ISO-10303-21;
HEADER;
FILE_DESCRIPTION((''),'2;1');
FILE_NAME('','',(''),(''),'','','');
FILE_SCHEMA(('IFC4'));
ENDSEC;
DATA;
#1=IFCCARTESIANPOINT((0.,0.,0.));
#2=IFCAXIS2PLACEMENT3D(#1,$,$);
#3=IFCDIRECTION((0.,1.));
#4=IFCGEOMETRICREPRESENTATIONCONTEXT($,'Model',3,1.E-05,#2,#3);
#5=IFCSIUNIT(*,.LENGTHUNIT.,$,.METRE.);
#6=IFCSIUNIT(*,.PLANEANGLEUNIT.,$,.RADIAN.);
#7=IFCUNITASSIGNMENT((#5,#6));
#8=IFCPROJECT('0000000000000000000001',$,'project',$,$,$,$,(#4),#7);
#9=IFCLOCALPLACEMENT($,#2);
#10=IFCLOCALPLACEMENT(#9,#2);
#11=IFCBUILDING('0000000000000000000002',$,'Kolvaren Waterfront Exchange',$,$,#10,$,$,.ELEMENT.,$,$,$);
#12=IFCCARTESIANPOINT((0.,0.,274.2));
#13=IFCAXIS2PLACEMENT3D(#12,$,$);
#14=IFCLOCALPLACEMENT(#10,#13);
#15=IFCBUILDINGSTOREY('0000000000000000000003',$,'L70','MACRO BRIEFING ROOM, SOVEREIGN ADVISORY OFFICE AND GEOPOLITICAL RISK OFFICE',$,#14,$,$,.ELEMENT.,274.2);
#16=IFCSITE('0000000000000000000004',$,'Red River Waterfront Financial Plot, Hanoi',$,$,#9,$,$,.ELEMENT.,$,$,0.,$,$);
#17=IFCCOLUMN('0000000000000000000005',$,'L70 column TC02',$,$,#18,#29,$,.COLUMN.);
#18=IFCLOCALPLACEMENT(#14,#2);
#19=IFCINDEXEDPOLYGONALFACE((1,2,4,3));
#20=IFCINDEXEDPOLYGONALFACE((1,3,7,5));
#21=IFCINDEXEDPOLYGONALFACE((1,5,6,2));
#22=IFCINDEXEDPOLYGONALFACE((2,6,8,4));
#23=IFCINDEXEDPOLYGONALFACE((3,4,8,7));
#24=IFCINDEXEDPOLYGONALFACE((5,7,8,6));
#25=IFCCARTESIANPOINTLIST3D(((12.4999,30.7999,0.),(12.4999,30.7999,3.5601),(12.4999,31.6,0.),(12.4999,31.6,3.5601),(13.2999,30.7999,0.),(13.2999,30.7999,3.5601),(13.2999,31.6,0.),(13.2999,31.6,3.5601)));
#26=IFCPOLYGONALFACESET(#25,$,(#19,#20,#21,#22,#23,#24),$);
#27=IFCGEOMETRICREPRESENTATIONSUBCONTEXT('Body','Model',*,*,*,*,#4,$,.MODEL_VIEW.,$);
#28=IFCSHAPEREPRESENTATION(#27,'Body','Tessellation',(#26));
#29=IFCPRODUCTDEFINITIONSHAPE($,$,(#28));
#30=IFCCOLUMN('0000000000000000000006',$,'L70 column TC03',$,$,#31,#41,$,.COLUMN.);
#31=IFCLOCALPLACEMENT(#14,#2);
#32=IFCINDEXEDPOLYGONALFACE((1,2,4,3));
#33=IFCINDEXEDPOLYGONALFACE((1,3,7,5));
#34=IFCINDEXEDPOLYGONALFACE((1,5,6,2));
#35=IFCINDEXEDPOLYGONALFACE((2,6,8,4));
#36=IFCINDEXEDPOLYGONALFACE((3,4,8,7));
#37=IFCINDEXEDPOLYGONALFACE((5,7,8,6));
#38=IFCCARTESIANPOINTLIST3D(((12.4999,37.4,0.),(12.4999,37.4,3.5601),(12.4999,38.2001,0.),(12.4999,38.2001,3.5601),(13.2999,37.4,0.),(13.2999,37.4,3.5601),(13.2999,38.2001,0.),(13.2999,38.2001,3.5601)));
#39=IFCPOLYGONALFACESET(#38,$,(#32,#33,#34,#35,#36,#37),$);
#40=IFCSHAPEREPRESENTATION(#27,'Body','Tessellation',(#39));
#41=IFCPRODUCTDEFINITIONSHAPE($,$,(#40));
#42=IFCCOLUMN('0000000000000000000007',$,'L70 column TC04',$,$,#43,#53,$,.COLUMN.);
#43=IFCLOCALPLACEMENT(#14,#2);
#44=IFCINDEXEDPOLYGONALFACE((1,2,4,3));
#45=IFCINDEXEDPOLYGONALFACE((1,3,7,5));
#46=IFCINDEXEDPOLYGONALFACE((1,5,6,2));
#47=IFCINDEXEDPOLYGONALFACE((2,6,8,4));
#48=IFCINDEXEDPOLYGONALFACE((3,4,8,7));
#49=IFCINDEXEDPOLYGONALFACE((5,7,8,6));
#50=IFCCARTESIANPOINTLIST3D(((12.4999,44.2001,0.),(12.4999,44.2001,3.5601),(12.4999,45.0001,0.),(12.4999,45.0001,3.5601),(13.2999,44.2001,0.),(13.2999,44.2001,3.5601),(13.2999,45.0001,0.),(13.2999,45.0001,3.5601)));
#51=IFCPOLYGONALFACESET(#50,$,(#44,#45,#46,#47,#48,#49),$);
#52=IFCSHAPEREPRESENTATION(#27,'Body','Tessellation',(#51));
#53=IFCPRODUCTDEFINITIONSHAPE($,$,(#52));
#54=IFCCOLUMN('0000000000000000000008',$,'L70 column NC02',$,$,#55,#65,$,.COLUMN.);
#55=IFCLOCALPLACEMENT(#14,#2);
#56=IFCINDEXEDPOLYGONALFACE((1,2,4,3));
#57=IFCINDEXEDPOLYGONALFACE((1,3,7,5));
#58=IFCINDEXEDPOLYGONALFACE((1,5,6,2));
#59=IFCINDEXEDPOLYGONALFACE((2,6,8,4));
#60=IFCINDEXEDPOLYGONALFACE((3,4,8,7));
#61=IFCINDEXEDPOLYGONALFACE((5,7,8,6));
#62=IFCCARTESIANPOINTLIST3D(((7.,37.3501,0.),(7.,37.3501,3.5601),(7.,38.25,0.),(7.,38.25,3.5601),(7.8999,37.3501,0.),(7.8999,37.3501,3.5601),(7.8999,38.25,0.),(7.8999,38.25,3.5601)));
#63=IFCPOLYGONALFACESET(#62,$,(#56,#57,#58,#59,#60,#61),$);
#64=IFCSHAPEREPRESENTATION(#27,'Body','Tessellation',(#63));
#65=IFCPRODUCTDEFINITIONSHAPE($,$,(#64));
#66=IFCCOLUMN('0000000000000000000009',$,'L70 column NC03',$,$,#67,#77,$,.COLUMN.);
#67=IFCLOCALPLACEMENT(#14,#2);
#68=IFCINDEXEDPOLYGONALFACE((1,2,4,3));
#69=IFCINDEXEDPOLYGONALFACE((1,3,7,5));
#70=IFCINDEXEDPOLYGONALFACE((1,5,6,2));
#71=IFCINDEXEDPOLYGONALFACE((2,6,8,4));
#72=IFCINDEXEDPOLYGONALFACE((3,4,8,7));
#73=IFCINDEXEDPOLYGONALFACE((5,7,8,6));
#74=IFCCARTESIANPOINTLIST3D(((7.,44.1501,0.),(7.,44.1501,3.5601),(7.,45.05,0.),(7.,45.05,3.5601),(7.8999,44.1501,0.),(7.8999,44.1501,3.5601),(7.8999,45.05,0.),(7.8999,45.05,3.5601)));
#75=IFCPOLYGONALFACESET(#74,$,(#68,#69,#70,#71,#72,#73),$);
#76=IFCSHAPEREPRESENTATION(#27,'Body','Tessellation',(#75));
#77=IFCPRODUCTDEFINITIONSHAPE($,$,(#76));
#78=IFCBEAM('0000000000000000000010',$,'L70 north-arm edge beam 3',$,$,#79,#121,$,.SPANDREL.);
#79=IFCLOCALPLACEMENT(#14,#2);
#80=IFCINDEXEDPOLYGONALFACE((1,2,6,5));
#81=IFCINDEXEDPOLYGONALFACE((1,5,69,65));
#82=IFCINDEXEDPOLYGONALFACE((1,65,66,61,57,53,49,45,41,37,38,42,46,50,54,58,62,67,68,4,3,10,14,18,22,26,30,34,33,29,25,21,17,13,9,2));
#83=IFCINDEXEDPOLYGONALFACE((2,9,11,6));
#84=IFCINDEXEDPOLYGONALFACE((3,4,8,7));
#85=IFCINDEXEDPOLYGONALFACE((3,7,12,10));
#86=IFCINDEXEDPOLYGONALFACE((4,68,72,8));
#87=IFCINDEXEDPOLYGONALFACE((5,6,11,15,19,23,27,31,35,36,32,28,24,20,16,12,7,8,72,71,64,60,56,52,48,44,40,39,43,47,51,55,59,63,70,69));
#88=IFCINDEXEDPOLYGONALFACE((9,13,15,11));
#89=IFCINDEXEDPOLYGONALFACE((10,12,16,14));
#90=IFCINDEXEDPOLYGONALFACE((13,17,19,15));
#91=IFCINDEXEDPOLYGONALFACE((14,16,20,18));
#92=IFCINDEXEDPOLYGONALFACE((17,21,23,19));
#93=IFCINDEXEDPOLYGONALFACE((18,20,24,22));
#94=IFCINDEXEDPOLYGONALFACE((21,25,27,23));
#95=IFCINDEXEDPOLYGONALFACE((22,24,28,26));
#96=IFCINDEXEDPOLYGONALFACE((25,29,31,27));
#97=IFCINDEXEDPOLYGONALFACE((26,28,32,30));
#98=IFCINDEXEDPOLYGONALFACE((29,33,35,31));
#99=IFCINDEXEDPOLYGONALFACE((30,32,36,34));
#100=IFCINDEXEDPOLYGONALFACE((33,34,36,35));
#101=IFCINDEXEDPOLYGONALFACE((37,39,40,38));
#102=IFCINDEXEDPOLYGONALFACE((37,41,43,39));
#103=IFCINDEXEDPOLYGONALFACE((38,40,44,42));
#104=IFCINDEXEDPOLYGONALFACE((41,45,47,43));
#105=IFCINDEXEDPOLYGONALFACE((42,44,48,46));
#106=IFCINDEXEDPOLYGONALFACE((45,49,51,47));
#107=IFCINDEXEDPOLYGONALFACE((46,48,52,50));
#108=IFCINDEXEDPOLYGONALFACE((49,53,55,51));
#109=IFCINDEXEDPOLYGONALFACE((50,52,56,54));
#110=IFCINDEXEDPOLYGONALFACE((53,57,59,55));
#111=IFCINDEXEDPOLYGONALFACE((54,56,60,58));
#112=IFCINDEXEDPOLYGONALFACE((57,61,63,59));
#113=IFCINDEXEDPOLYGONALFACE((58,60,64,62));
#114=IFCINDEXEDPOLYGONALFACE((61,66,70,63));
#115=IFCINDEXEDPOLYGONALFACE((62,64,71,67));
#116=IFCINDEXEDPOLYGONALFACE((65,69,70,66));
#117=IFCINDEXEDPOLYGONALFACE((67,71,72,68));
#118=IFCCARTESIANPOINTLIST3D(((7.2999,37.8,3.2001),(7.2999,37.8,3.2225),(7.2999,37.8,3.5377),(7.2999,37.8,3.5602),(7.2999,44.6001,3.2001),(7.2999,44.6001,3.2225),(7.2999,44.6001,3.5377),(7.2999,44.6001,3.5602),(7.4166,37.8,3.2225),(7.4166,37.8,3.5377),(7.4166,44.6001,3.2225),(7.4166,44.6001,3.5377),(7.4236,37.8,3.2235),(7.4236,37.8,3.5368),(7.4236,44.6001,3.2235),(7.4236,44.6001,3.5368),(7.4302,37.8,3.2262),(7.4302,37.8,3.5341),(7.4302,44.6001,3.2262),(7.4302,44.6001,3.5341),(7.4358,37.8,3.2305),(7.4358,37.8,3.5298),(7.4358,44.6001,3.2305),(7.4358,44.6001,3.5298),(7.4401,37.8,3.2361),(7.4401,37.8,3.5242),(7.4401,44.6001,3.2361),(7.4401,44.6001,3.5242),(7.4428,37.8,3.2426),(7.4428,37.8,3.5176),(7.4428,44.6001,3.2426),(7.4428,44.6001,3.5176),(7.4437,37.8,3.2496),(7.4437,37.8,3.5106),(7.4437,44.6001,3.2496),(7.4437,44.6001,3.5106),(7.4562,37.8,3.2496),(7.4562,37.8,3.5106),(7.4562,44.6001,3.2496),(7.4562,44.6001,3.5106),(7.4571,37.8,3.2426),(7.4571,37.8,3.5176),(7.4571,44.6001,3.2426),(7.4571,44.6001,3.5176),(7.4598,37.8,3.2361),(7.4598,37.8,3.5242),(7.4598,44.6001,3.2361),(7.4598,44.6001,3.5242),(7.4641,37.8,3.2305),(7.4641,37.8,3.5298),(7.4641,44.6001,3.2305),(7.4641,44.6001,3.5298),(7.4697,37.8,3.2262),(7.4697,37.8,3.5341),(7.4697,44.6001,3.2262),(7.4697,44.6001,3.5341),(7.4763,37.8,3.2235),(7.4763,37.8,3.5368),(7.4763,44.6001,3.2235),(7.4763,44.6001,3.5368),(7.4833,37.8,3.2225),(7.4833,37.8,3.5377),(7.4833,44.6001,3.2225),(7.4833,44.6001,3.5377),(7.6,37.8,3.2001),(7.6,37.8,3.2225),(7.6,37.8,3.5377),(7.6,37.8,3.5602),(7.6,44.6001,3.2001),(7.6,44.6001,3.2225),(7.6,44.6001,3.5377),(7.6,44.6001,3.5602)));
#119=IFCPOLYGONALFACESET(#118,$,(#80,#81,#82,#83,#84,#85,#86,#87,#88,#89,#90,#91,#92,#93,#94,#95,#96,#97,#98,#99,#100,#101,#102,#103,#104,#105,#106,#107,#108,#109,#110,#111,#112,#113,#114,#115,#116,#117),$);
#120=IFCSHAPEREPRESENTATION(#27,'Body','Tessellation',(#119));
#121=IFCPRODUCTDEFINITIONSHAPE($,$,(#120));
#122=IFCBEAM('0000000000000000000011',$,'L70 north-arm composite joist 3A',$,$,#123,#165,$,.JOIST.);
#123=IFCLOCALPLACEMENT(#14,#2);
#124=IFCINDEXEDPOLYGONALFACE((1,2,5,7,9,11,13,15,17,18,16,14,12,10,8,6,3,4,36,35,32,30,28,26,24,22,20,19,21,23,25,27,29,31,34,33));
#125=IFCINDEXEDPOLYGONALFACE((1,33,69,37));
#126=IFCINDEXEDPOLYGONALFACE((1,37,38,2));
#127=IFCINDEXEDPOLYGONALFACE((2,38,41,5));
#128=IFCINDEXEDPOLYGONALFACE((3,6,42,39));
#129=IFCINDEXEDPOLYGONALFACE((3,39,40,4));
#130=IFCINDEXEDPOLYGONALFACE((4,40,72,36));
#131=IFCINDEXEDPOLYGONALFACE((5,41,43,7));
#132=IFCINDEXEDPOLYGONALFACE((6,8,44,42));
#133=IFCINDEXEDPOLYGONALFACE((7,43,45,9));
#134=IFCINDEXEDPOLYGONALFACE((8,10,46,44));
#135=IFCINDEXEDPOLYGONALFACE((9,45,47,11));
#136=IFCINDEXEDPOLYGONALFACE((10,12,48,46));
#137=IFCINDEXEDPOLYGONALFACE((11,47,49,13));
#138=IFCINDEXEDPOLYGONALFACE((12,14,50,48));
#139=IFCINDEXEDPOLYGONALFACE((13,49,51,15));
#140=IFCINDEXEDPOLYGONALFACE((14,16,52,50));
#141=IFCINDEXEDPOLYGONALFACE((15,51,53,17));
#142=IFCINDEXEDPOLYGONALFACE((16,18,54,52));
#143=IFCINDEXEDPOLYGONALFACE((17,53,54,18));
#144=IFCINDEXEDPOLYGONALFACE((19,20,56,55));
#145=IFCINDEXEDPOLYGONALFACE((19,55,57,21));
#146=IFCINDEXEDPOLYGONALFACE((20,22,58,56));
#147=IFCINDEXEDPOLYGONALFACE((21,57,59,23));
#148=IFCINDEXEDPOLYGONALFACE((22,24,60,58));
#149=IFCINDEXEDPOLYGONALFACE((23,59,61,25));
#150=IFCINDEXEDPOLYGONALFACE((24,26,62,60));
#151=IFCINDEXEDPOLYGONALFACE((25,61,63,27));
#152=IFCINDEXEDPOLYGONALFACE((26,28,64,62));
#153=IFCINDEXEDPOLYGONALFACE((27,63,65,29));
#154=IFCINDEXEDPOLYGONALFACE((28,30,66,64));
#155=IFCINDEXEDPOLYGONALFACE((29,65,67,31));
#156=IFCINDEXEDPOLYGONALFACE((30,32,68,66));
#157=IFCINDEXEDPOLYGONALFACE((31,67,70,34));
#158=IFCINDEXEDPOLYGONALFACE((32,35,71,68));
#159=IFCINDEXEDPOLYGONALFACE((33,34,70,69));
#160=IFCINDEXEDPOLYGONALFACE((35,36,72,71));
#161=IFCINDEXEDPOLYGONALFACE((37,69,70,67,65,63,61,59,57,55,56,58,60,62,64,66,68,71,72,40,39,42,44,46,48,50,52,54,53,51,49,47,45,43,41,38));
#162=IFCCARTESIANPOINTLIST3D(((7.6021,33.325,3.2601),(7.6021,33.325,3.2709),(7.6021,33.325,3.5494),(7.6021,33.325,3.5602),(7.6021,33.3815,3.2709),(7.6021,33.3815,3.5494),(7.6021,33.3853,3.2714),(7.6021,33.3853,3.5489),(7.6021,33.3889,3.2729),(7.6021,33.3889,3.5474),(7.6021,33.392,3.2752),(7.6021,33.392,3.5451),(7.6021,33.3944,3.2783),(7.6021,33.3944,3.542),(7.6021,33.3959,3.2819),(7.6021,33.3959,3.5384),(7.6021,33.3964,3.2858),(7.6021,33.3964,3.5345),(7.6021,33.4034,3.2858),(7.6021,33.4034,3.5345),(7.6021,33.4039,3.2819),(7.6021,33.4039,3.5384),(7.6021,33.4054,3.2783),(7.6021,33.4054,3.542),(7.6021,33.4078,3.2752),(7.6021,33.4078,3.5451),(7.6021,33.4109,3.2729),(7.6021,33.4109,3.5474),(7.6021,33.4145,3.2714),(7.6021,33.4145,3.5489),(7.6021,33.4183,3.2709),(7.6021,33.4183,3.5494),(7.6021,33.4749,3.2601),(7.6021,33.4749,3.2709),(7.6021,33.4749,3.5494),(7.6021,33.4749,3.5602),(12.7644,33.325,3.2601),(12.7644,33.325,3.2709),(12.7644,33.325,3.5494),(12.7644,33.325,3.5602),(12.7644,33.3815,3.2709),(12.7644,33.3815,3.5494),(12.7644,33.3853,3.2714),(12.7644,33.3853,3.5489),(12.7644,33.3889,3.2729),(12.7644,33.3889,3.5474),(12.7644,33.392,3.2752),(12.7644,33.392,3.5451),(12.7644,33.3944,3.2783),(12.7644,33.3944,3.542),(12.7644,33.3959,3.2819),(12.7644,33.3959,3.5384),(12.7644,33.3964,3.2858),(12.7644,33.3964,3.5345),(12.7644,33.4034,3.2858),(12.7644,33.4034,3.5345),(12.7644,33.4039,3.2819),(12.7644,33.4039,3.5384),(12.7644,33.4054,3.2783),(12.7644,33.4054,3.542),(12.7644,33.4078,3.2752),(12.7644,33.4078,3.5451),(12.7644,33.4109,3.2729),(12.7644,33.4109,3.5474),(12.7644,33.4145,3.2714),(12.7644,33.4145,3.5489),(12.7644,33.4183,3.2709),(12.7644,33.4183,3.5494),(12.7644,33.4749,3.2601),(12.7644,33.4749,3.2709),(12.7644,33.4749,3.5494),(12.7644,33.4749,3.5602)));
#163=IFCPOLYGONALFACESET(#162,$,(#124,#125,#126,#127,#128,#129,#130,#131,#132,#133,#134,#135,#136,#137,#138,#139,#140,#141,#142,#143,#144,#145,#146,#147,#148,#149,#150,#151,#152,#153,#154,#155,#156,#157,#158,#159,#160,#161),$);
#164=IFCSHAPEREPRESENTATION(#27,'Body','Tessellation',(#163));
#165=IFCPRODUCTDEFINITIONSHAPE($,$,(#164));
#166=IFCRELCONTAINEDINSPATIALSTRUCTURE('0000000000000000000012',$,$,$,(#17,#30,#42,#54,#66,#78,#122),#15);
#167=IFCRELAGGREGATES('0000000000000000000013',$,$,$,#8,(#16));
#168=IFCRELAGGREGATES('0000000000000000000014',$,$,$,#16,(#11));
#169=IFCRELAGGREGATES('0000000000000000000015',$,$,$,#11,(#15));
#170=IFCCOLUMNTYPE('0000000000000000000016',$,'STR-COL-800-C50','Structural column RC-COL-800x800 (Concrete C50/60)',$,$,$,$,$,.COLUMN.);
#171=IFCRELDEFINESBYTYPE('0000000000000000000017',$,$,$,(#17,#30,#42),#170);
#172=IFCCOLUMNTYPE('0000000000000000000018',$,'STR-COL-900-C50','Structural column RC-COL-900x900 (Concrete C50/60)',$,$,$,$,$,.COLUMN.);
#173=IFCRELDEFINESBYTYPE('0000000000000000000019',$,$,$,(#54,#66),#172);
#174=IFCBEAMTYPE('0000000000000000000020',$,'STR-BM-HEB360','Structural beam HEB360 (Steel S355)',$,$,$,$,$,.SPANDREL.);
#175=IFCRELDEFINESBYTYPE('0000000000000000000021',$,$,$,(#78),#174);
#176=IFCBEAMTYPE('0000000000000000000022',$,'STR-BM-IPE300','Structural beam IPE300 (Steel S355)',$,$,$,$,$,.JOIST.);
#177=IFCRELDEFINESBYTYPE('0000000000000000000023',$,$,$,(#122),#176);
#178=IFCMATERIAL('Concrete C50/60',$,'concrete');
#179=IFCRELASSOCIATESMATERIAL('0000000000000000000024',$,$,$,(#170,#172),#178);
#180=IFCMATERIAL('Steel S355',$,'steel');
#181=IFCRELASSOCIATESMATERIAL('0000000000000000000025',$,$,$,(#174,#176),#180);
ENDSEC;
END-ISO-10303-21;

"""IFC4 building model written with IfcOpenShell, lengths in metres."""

from ifc_helpers import new_model, si_unit, direction, frame, origin, origin_2d, place, context, subcontext, project, spatial, rectangle, i_section, extrude, material, material_profile, profile_set, type_object, element, save


model = new_model("IFC4")

# Units and contexts
model_context = context("Model", 3, precision=1e-05, world=origin(), true_north=direction((0.0, 1.0)))
body_context = subcontext(model_context, "Body", "Model", "MODEL_VIEW")
ifc_project = project(units=[si_unit("LENGTHUNIT", "METRE"), si_unit("PLANEANGLEUNIT", "RADIAN")], contexts=[model_context])

# Site, building, storey
site_placement = place(None, origin())
site = spatial("IfcSite", under=ifc_project, at=site_placement, Name="Red River Waterfront Financial Plot, Hanoi", CompositionType="ELEMENT", RefElevation=0.0)
building_placement = place(site_placement, origin())
building = spatial("IfcBuilding", under=site, at=building_placement, Name="Kolvaren Waterfront Exchange", CompositionType="ELEMENT")
storey_placement = place(building_placement, frame((0.0, 0.0, 274.2)))
storey = spatial("IfcBuildingStorey", under=building, at=storey_placement, Name="L70", Description="MACRO BRIEFING ROOM, SOVEREIGN ADVISORY OFFICE AND GEOPOLITICAL RISK OFFICE", CompositionType="ELEMENT", Elevation=274.2)

# Columns
ifc_material_1 = material(Name="Concrete C50/60", Category="concrete")
ifc_material_profile_1 = material_profile(ifc_material_1, rectangle(XDim=0.8, YDim=0.8, at=origin_2d()), Name="RC-COL-800x800")
ifc_profile_set_1 = profile_set([ifc_material_profile_1], Name="Concrete C50/60")
column_type_1 = type_object("IfcColumnType", Name="STR-COL-800-C50", Description="Structural column RC-COL-800x800 (Concrete C50/60)", PredefinedType="COLUMN", material=ifc_profile_set_1)
for number, where, z_axis, x_axis, name in (
    (1, (12.8999, 31.2, 0.0), (0.0, 0.0, 1.0), (1.0, 0.0, 0.0), "L70 column TC02"),
    (2, (12.8999, 37.8, 0.0), (0.0, 0.0, 1.0), (1.0, 0.0, 0.0), "L70 column TC03"),
    (3, (12.8999, 44.6001, 0.0), (0.0, 0.0, 1.0), (1.0, 0.0, 0.0), "L70 column TC04"),
):
    element("IfcColumn", number, at=place(storey_placement, frame(where, z_axis=z_axis, x_axis=x_axis)), inside=storey, type_object=column_type_1, Name=name, PredefinedType="COLUMN", context=body_context, shape_type="SweptSolid", body=[
        extrude(rectangle(XDim=0.8, YDim=0.8, at=origin_2d()), origin(), (0.0, 0.0, 1.0), 3.5601),
    ])
ifc_material_profile_2 = material_profile(ifc_material_1, rectangle(XDim=0.8999, YDim=0.8999, at=origin_2d()), Name="RC-COL-900x900")
ifc_profile_set_2 = profile_set([ifc_material_profile_2], Name="Concrete C50/60")
column_type_2 = type_object("IfcColumnType", Name="STR-COL-900-C50", Description="Structural column RC-COL-900x900 (Concrete C50/60)", PredefinedType="COLUMN", material=ifc_profile_set_2)
for number, where, z_axis, x_axis, name in (
    (4, (7.45, 37.8, 0.0), (0.0, 0.0, 1.0), (1.0, 0.0, 0.0), "L70 column NC02"),
    (5, (7.45, 44.6001, 0.0), (0.0, 0.0, 1.0), (1.0, 0.0, 0.0), "L70 column NC03"),
):
    element("IfcColumn", number, at=place(storey_placement, frame(where, z_axis=z_axis, x_axis=x_axis)), inside=storey, type_object=column_type_2, Name=name, PredefinedType="COLUMN", context=body_context, shape_type="SweptSolid", body=[
        extrude(rectangle(XDim=0.8999, YDim=0.8999, at=origin_2d()), origin(), (0.0, 0.0, 1.0), 3.5601),
    ])

# Beams
ifc_material_2 = material(Name="Steel S355", Category="steel")
ifc_material_profile_3 = material_profile(ifc_material_2, i_section(OverallWidth=0.3, OverallDepth=0.3601, WebThickness=0.0125, FlangeThickness=0.0225, FilletRadius=0.0271, at=origin_2d()), Name="HEB360")
ifc_profile_set_3 = profile_set([ifc_material_profile_3], Name="Steel S355")
beam_type_1 = type_object("IfcBeamType", Name="STR-BM-HEB360", Description="Structural beam HEB360 (Steel S355)", PredefinedType="SPANDREL", material=ifc_profile_set_3)
beam_1_placement = place(storey_placement, frame((7.45, 37.8, 3.3801), z_axis=(0.0, 1.0, 0.0), x_axis=(-1.0, 0.0, 0.0)))
element("IfcBeam", 6, at=beam_1_placement, inside=storey, type_object=beam_type_1, Name="L70 north-arm edge beam 3", PredefinedType="SPANDREL", context=body_context, shape_type="SweptSolid", body=[
    extrude(i_section(OverallWidth=0.3, OverallDepth=0.3601, WebThickness=0.0125, FlangeThickness=0.0225, FilletRadius=0.0271, at=origin_2d()), origin(), (0.0, 0.0, 1.0), 6.8),
])
ifc_material_profile_4 = material_profile(ifc_material_2, i_section(OverallWidth=0.1499, OverallDepth=0.3, WebThickness=0.0071, FlangeThickness=0.0107, FilletRadius=0.0149, at=origin_2d()), Name="IPE300")
ifc_profile_set_4 = profile_set([ifc_material_profile_4], Name="Steel S355")
beam_type_2 = type_object("IfcBeamType", Name="STR-BM-IPE300", Description="Structural beam IPE300 (Steel S355)", PredefinedType="JOIST", material=ifc_profile_set_4)
beam_2_placement = place(storey_placement, frame((7.6021, 33.3999, 3.4102), z_axis=(1.0, 0.0, 0.0), x_axis=(0.0, 1.0, 0.0)))
element("IfcBeam", 7, at=beam_2_placement, inside=storey, type_object=beam_type_2, Name="L70 north-arm composite joist 3A", PredefinedType="JOIST", context=body_context, shape_type="SweptSolid", body=[
    extrude(i_section(OverallWidth=0.1499, OverallDepth=0.3, WebThickness=0.0071, FlangeThickness=0.0107, FilletRadius=0.0149, at=origin_2d()), origin(), (0.0, 0.0, 1.0), 5.1624),
])

save(model, "model.ifc")
